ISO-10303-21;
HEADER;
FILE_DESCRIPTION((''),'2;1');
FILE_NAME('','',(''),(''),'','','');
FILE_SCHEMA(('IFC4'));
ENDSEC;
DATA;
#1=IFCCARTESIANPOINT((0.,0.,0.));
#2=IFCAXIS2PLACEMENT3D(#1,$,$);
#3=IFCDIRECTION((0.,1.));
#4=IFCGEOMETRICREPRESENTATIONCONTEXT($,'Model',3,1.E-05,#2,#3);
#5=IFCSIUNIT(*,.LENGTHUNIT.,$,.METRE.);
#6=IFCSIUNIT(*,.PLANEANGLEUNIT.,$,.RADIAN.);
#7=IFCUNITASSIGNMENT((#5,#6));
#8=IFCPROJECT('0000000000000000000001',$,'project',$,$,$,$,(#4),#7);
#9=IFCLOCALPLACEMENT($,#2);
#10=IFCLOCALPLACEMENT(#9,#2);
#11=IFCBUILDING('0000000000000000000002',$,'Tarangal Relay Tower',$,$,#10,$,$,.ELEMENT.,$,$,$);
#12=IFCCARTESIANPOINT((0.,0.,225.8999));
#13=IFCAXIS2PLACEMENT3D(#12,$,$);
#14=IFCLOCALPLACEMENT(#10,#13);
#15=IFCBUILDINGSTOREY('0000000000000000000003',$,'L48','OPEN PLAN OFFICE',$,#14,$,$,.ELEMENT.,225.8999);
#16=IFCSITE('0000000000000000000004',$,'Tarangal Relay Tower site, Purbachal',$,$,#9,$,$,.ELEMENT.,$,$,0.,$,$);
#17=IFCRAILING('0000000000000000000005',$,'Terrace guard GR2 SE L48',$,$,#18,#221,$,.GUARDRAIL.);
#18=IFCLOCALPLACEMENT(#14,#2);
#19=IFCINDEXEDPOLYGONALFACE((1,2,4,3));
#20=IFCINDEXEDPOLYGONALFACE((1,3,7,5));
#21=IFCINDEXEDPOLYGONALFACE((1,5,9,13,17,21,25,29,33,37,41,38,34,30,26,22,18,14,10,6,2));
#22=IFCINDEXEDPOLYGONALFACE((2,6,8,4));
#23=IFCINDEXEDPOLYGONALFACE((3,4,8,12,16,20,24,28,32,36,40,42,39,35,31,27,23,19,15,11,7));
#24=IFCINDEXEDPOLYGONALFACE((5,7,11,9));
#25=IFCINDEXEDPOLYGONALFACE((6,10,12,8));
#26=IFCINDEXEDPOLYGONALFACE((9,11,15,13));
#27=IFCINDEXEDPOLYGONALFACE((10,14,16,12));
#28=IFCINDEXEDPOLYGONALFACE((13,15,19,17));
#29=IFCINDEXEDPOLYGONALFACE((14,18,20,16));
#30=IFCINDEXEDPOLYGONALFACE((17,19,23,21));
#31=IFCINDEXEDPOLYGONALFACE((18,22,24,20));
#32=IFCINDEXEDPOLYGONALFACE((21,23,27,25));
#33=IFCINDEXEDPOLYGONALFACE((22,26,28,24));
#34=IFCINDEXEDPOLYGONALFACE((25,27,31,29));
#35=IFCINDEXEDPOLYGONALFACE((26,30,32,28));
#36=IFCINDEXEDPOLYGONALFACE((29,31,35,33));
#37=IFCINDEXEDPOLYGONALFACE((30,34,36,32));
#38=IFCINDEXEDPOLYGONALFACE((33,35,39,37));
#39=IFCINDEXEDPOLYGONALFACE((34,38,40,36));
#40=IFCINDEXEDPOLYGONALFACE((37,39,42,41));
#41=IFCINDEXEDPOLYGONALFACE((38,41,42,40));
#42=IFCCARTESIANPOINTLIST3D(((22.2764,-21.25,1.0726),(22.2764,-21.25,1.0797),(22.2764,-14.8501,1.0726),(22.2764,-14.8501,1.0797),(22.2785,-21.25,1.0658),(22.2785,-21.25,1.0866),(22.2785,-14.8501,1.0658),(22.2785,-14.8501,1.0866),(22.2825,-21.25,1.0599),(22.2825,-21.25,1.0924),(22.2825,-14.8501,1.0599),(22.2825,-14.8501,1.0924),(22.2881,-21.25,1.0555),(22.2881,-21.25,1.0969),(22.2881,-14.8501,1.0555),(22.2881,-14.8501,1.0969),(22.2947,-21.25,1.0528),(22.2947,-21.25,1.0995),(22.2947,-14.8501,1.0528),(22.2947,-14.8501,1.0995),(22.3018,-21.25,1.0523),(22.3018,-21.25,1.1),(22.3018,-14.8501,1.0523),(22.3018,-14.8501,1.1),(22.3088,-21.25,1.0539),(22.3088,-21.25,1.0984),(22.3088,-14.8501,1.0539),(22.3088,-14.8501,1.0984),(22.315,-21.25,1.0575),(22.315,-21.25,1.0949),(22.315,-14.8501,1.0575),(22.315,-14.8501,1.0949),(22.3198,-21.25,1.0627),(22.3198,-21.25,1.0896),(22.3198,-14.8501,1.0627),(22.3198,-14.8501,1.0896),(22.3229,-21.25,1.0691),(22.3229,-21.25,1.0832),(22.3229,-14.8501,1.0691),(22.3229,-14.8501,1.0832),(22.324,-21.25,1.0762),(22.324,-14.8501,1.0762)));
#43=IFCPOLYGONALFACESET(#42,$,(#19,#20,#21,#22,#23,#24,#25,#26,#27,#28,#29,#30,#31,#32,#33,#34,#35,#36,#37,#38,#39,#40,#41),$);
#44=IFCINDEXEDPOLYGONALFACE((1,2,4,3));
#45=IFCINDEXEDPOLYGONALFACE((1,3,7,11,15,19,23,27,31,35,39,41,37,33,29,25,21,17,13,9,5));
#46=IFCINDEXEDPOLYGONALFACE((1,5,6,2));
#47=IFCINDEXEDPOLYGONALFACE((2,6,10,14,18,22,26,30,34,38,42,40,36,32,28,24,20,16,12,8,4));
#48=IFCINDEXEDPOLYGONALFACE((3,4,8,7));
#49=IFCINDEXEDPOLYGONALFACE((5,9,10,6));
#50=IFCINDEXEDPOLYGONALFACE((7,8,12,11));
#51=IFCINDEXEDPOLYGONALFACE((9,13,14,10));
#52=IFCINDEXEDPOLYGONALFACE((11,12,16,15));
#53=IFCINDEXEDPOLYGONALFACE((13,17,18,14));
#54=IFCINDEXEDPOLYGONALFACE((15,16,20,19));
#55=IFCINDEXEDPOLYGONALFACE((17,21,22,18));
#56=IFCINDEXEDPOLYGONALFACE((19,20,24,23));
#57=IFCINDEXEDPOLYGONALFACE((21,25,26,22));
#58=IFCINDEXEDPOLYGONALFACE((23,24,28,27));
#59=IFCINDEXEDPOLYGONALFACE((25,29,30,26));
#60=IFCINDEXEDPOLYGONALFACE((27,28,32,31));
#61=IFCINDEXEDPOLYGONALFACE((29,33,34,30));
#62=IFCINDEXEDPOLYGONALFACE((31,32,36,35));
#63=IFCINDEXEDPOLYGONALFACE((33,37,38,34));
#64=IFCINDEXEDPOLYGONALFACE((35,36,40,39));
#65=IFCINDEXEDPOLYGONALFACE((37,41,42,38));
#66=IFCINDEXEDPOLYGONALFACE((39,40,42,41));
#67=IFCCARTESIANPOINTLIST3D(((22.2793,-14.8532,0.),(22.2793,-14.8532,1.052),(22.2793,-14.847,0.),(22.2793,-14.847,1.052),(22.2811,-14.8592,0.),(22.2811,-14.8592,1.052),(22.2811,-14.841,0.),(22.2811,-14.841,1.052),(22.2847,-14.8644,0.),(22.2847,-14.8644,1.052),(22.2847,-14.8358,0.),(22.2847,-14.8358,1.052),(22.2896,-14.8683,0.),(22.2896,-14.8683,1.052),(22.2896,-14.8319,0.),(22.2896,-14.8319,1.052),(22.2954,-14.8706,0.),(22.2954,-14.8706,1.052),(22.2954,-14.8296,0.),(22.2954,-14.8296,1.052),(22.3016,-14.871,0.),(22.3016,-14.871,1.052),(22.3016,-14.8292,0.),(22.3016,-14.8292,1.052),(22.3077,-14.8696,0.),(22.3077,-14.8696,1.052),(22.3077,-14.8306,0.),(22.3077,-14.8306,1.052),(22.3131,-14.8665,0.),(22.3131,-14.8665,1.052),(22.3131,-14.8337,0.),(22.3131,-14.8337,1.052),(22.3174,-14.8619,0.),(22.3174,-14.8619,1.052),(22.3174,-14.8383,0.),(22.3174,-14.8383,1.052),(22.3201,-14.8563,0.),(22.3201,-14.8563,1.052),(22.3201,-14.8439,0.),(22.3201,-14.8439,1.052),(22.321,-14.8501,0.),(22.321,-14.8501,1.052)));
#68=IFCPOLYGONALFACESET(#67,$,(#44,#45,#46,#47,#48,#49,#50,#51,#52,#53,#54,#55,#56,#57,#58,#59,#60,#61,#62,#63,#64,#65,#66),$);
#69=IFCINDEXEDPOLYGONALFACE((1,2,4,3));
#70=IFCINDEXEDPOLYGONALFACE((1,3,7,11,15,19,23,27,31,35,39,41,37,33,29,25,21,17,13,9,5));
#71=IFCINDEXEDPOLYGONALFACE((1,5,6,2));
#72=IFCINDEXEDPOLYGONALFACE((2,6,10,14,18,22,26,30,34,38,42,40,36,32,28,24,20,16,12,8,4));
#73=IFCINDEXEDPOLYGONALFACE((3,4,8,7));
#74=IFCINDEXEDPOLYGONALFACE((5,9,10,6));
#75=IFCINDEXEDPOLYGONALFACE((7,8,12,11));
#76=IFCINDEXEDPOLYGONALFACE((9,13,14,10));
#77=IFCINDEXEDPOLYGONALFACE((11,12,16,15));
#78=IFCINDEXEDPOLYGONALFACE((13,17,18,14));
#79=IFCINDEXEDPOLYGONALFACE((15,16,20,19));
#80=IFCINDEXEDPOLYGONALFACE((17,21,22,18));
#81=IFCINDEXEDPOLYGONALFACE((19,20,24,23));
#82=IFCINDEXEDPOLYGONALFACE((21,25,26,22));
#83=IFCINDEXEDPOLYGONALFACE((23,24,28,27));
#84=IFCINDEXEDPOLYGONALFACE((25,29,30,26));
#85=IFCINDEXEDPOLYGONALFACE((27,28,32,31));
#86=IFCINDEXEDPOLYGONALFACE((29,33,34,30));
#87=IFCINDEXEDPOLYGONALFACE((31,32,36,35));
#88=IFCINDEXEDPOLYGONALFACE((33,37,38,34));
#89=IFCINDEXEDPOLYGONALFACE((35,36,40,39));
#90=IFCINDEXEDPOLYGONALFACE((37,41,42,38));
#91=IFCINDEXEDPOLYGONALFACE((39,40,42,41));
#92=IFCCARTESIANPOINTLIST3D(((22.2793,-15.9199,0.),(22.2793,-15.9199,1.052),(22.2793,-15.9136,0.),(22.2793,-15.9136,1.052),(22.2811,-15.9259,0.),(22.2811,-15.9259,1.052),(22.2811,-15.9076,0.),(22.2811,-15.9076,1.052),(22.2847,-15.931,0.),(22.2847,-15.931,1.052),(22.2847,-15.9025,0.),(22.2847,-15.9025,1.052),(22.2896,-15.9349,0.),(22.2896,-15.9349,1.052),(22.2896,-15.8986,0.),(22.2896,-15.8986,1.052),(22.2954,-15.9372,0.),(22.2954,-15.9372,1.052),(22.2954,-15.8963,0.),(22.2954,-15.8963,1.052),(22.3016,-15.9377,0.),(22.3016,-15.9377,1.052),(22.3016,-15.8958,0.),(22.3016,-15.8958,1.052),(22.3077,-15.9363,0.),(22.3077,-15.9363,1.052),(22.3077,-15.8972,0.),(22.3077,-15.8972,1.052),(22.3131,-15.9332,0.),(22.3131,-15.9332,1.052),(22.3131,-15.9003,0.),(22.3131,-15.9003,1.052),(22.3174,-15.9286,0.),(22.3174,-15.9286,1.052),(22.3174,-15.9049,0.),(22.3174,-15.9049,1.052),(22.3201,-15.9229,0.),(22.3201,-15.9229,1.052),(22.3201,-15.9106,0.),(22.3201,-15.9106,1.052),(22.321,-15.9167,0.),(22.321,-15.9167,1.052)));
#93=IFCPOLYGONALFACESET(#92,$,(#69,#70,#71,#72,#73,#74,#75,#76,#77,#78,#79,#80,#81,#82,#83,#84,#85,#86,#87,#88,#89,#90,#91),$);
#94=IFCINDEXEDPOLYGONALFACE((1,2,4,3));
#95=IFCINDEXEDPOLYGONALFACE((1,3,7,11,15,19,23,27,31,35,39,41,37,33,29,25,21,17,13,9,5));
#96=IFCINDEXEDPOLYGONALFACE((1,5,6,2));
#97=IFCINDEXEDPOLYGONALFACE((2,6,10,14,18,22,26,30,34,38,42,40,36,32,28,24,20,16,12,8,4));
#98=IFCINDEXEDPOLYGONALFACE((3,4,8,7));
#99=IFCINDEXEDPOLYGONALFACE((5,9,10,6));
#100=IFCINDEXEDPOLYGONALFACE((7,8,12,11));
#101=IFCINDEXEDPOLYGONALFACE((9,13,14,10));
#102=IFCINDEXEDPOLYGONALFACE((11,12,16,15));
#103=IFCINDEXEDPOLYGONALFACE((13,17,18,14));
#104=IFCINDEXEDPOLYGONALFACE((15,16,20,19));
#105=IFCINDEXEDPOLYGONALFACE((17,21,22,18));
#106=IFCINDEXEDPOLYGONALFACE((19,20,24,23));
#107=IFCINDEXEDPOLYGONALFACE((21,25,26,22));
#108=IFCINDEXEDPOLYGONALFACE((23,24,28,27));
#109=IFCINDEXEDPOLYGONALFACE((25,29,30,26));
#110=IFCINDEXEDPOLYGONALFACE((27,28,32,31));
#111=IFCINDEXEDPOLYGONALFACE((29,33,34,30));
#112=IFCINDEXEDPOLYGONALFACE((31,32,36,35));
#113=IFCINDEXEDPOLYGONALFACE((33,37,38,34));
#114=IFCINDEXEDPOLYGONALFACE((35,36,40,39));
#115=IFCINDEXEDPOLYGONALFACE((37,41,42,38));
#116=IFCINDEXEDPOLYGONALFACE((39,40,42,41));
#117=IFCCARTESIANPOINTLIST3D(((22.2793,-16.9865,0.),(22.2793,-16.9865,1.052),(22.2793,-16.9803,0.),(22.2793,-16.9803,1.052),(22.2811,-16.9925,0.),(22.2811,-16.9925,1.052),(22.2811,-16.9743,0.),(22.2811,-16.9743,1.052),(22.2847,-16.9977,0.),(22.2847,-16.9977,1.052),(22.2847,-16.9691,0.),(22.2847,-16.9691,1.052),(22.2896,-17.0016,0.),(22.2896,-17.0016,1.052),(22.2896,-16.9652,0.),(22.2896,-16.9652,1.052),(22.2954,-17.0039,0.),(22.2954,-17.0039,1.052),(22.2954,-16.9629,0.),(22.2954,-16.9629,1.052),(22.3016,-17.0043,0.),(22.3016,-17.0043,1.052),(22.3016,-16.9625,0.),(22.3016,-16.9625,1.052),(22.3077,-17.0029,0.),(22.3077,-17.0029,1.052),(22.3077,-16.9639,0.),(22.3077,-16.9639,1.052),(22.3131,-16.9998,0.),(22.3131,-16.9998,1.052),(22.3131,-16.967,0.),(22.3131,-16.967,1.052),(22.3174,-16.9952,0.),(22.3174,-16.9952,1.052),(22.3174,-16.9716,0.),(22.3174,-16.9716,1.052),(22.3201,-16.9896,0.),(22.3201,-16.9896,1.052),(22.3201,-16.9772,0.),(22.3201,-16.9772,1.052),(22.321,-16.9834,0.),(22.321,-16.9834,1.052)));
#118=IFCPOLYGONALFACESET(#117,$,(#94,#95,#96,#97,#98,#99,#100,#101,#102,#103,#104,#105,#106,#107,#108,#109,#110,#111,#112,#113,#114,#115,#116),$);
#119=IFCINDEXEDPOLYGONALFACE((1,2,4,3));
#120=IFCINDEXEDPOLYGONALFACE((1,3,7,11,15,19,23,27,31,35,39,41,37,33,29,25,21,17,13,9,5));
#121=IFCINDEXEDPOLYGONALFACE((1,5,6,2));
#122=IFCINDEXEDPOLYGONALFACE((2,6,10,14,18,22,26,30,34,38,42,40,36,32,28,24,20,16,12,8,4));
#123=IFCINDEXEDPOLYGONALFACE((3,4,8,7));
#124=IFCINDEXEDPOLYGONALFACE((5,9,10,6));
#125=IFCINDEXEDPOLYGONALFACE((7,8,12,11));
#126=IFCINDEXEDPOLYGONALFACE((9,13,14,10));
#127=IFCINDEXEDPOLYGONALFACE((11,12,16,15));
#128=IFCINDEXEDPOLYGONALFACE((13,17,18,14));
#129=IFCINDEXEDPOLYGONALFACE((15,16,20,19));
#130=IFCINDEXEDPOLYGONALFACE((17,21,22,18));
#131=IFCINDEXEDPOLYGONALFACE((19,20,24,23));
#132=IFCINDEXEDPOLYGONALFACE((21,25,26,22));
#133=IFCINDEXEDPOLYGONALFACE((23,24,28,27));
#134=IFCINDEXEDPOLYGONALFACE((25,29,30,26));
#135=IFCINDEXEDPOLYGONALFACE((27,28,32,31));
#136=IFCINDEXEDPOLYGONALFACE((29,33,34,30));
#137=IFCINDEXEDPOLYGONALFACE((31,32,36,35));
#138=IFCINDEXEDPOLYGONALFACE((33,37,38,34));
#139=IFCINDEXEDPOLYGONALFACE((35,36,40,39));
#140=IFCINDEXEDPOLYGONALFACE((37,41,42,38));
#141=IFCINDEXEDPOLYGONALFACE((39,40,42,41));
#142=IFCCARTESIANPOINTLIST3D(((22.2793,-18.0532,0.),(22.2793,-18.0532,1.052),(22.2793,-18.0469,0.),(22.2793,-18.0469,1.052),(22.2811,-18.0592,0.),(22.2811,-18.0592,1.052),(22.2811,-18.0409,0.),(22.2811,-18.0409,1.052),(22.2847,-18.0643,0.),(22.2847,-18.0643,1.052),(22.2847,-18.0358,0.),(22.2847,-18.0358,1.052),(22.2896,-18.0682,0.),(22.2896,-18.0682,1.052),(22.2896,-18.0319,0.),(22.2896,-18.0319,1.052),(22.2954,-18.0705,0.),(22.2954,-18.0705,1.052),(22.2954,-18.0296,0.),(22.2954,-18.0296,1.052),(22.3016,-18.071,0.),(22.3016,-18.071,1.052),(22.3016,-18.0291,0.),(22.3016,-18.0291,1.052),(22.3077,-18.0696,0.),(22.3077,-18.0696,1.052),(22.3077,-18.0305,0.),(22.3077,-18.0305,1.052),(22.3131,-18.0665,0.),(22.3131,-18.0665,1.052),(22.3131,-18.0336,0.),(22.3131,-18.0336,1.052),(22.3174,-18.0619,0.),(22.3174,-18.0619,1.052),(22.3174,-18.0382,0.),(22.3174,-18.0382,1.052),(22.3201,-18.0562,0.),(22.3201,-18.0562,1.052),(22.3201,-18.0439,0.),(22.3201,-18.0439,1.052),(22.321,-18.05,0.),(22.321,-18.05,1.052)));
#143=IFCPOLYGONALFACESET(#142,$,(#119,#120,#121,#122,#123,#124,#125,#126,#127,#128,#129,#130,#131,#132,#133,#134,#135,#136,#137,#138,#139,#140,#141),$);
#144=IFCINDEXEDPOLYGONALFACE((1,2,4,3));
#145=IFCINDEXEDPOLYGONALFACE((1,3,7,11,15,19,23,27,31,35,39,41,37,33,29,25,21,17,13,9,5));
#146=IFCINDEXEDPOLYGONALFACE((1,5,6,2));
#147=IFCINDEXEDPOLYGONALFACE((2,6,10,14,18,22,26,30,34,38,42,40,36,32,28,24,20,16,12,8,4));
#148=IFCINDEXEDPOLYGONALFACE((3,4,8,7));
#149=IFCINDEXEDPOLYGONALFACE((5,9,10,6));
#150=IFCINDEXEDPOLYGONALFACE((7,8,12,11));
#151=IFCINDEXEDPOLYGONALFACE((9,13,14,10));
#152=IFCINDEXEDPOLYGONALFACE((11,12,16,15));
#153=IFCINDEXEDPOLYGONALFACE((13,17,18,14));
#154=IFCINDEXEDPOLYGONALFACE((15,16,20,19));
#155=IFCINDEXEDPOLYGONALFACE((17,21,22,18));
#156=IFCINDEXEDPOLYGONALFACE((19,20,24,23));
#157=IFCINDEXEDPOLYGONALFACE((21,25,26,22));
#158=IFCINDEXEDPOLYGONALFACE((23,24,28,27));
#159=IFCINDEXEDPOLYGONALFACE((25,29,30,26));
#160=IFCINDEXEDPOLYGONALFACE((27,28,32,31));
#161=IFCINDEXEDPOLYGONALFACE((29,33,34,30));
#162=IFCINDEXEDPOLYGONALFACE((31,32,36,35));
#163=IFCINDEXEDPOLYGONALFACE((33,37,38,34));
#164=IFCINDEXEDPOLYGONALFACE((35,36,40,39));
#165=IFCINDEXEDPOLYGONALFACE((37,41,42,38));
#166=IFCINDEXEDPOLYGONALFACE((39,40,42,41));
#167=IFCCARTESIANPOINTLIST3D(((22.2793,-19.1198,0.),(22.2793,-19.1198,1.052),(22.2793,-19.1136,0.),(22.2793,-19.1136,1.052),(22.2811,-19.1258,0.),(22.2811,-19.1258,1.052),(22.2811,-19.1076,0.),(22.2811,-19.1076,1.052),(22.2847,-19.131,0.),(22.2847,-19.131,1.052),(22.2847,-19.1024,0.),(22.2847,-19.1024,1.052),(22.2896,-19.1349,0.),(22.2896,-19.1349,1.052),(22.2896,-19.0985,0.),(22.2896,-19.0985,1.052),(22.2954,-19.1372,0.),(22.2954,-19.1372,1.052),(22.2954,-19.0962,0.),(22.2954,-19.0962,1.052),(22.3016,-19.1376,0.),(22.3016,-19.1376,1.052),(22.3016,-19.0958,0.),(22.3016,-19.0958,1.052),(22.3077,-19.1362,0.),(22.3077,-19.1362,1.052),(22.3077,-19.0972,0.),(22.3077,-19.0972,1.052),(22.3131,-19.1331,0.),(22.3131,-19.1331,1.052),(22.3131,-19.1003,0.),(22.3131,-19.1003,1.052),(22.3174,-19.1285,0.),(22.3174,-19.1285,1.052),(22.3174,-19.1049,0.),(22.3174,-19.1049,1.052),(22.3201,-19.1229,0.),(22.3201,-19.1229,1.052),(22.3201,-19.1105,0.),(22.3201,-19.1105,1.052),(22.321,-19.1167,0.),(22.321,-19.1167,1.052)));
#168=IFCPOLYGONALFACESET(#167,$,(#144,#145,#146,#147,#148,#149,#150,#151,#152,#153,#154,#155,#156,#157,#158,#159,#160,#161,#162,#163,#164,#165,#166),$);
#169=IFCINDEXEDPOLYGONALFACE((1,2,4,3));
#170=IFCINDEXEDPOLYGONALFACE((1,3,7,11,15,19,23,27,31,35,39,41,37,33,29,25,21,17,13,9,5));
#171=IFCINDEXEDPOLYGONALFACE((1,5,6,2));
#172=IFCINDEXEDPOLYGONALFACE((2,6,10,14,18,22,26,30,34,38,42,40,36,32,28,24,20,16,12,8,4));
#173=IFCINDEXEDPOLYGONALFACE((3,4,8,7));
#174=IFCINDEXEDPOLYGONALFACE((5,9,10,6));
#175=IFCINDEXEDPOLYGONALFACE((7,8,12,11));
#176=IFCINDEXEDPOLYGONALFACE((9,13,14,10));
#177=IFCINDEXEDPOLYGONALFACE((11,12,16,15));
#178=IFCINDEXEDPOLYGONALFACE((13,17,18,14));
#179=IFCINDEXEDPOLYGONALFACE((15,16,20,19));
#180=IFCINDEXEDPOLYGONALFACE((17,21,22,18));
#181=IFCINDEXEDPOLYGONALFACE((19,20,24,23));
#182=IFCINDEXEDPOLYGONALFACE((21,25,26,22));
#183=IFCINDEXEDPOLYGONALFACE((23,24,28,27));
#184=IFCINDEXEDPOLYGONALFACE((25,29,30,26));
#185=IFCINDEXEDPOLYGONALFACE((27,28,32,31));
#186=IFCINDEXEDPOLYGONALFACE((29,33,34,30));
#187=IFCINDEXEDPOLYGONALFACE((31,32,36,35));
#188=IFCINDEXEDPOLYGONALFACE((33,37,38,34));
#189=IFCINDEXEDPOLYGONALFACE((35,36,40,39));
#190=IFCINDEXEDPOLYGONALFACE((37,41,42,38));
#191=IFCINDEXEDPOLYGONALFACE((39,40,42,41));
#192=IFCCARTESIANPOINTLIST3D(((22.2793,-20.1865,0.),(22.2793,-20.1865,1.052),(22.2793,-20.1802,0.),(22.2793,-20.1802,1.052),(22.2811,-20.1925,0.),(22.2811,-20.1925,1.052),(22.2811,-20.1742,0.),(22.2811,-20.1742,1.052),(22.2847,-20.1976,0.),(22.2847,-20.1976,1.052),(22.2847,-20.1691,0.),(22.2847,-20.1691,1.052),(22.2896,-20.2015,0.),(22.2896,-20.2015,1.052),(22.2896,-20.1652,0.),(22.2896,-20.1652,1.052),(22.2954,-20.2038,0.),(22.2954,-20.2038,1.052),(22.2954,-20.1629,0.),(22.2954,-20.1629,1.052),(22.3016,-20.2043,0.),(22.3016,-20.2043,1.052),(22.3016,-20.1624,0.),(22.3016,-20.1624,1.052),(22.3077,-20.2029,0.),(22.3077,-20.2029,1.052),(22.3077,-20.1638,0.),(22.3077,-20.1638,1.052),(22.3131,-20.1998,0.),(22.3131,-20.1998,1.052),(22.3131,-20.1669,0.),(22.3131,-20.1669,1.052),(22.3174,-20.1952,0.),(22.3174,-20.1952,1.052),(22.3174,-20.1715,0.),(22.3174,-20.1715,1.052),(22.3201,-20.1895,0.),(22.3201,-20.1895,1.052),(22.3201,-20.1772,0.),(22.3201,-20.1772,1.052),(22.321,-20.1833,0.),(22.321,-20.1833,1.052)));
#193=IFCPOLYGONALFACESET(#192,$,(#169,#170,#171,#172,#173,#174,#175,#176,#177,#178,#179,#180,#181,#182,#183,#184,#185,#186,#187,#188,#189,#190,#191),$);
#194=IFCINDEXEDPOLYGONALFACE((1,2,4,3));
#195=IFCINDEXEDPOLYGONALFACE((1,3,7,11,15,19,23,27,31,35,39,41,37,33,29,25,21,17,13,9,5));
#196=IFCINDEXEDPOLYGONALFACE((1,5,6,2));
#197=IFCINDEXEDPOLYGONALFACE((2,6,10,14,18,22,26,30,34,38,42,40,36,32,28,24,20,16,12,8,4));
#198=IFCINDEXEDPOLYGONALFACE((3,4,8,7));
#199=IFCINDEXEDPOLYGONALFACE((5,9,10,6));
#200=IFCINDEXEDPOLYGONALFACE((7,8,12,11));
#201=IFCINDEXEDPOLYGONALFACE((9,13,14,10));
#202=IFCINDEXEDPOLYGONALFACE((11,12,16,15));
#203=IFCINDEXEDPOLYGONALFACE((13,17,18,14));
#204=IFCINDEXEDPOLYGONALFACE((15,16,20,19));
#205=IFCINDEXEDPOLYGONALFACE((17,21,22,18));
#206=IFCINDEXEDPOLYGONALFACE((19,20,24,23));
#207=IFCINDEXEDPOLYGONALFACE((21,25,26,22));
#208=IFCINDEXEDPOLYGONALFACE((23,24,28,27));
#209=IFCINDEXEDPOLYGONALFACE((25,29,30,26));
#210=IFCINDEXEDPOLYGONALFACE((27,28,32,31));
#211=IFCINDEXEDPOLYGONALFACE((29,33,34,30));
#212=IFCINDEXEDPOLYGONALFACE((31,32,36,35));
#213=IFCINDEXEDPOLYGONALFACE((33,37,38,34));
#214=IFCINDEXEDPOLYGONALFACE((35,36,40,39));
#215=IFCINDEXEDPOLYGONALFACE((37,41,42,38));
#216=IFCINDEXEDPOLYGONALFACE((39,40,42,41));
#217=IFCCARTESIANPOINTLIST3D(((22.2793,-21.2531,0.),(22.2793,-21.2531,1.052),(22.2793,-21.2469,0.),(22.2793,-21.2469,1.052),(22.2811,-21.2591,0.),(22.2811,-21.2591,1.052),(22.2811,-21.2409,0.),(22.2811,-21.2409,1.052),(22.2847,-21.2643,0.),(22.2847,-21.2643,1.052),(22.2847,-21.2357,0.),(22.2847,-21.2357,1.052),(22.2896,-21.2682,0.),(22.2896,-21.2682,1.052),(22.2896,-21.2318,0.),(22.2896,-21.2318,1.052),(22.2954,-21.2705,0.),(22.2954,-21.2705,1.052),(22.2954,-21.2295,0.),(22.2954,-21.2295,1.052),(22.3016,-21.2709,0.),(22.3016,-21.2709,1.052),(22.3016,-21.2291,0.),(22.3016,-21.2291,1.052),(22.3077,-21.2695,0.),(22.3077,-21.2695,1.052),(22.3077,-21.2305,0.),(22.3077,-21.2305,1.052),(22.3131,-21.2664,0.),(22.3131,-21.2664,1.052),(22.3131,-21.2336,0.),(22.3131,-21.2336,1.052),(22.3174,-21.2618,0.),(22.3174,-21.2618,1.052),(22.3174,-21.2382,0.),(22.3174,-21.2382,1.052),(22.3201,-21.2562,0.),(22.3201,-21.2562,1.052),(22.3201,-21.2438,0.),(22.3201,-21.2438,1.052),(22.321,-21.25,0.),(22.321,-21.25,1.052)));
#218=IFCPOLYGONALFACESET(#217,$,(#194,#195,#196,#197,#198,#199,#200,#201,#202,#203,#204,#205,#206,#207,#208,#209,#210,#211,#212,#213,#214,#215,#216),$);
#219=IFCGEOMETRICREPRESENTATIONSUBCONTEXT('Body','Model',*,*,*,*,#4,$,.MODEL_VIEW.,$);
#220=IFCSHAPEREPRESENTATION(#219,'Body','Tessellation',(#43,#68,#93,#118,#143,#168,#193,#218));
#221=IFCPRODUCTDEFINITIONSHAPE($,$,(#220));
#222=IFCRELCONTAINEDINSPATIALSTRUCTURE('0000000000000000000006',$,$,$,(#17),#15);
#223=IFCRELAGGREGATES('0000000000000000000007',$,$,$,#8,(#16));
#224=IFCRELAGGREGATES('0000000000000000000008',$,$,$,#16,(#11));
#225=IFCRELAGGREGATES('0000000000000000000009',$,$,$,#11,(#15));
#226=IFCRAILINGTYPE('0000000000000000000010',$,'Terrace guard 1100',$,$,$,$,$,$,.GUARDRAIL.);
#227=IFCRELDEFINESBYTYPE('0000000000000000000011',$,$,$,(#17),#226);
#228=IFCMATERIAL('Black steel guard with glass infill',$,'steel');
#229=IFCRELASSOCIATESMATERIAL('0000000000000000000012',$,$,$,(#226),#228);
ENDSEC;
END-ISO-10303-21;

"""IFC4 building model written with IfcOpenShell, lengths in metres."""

from ifc_helpers import new_model, si_unit, direction, frame, origin, origin_2d, place, context, subcontext, project, spatial, circle, extrude, material, type_object, element, save


model = new_model("IFC4")

# Units and contexts
model_context = context("Model", 3, precision=1e-05, world=origin(), true_north=direction((0.0, 1.0)))
body_context = subcontext(model_context, "Body", "Model", "MODEL_VIEW")
ifc_project = project(units=[si_unit("LENGTHUNIT", "METRE"), si_unit("PLANEANGLEUNIT", "RADIAN")], contexts=[model_context])

# Site, building, storey
site_placement = place(None, origin())
site = spatial("IfcSite", under=ifc_project, at=site_placement, Name="Tarangal Relay Tower site, Purbachal", CompositionType="ELEMENT", RefElevation=0.0)
building_placement = place(site_placement, origin())
building = spatial("IfcBuilding", under=site, at=building_placement, Name="Tarangal Relay Tower", CompositionType="ELEMENT")
storey_placement = place(building_placement, frame((0.0, 0.0, 225.8999)))
storey = spatial("IfcBuildingStorey", under=building, at=storey_placement, Name="L48", Description="OPEN PLAN OFFICE", CompositionType="ELEMENT", Elevation=225.8999)

# Railing
ifc_material_1 = material(Name="Black steel guard with glass infill", Category="steel")
railing_type = type_object("IfcRailingType", Name="Terrace guard 1100", PredefinedType="GUARDRAIL", material=ifc_material_1)
railing_1_placement = place(storey_placement, frame((22.3, -14.8501, 0.0)))
element("IfcRailing", 1, at=railing_1_placement, inside=storey, type_object=railing_type, Name="Terrace guard GR2 SE L48", PredefinedType="GUARDRAIL", context=body_context, shape_type="SweptSolid", body=[
    extrude(circle(Radius=0.0239, at=origin_2d()), frame((0.0, 0.0, 1.0762), z_axis=(0.0, -1.0, 0.0), x_axis=(1.0, 0.0, 0.0)), (0.0, 0.0, 1.0), 6.3999),
    extrude(circle(Radius=0.021, at=origin_2d()), origin(), (0.0, 0.0, 1.0), 1.052),
    extrude(circle(Radius=0.021, at=origin_2d()), frame((0.0, -1.0667, 0.0)), (0.0, 0.0, 1.0), 1.052),
    extrude(circle(Radius=0.021, at=origin_2d()), frame((0.0, -2.1333, 0.0)), (0.0, 0.0, 1.0), 1.052),
    extrude(circle(Radius=0.021, at=origin_2d()), frame((0.0, -3.2, 0.0)), (0.0, 0.0, 1.0), 1.052),
    extrude(circle(Radius=0.021, at=origin_2d()), frame((0.0, -4.2666, 0.0)), (0.0, 0.0, 1.0), 1.052),
    extrude(circle(Radius=0.021, at=origin_2d()), frame((0.0, -5.3333, 0.0)), (0.0, 0.0, 1.0), 1.052),
    extrude(circle(Radius=0.021, at=origin_2d()), frame((0.0, -6.3999, 0.0)), (0.0, 0.0, 1.0), 1.052),
])

save(model, "model.ifc")
